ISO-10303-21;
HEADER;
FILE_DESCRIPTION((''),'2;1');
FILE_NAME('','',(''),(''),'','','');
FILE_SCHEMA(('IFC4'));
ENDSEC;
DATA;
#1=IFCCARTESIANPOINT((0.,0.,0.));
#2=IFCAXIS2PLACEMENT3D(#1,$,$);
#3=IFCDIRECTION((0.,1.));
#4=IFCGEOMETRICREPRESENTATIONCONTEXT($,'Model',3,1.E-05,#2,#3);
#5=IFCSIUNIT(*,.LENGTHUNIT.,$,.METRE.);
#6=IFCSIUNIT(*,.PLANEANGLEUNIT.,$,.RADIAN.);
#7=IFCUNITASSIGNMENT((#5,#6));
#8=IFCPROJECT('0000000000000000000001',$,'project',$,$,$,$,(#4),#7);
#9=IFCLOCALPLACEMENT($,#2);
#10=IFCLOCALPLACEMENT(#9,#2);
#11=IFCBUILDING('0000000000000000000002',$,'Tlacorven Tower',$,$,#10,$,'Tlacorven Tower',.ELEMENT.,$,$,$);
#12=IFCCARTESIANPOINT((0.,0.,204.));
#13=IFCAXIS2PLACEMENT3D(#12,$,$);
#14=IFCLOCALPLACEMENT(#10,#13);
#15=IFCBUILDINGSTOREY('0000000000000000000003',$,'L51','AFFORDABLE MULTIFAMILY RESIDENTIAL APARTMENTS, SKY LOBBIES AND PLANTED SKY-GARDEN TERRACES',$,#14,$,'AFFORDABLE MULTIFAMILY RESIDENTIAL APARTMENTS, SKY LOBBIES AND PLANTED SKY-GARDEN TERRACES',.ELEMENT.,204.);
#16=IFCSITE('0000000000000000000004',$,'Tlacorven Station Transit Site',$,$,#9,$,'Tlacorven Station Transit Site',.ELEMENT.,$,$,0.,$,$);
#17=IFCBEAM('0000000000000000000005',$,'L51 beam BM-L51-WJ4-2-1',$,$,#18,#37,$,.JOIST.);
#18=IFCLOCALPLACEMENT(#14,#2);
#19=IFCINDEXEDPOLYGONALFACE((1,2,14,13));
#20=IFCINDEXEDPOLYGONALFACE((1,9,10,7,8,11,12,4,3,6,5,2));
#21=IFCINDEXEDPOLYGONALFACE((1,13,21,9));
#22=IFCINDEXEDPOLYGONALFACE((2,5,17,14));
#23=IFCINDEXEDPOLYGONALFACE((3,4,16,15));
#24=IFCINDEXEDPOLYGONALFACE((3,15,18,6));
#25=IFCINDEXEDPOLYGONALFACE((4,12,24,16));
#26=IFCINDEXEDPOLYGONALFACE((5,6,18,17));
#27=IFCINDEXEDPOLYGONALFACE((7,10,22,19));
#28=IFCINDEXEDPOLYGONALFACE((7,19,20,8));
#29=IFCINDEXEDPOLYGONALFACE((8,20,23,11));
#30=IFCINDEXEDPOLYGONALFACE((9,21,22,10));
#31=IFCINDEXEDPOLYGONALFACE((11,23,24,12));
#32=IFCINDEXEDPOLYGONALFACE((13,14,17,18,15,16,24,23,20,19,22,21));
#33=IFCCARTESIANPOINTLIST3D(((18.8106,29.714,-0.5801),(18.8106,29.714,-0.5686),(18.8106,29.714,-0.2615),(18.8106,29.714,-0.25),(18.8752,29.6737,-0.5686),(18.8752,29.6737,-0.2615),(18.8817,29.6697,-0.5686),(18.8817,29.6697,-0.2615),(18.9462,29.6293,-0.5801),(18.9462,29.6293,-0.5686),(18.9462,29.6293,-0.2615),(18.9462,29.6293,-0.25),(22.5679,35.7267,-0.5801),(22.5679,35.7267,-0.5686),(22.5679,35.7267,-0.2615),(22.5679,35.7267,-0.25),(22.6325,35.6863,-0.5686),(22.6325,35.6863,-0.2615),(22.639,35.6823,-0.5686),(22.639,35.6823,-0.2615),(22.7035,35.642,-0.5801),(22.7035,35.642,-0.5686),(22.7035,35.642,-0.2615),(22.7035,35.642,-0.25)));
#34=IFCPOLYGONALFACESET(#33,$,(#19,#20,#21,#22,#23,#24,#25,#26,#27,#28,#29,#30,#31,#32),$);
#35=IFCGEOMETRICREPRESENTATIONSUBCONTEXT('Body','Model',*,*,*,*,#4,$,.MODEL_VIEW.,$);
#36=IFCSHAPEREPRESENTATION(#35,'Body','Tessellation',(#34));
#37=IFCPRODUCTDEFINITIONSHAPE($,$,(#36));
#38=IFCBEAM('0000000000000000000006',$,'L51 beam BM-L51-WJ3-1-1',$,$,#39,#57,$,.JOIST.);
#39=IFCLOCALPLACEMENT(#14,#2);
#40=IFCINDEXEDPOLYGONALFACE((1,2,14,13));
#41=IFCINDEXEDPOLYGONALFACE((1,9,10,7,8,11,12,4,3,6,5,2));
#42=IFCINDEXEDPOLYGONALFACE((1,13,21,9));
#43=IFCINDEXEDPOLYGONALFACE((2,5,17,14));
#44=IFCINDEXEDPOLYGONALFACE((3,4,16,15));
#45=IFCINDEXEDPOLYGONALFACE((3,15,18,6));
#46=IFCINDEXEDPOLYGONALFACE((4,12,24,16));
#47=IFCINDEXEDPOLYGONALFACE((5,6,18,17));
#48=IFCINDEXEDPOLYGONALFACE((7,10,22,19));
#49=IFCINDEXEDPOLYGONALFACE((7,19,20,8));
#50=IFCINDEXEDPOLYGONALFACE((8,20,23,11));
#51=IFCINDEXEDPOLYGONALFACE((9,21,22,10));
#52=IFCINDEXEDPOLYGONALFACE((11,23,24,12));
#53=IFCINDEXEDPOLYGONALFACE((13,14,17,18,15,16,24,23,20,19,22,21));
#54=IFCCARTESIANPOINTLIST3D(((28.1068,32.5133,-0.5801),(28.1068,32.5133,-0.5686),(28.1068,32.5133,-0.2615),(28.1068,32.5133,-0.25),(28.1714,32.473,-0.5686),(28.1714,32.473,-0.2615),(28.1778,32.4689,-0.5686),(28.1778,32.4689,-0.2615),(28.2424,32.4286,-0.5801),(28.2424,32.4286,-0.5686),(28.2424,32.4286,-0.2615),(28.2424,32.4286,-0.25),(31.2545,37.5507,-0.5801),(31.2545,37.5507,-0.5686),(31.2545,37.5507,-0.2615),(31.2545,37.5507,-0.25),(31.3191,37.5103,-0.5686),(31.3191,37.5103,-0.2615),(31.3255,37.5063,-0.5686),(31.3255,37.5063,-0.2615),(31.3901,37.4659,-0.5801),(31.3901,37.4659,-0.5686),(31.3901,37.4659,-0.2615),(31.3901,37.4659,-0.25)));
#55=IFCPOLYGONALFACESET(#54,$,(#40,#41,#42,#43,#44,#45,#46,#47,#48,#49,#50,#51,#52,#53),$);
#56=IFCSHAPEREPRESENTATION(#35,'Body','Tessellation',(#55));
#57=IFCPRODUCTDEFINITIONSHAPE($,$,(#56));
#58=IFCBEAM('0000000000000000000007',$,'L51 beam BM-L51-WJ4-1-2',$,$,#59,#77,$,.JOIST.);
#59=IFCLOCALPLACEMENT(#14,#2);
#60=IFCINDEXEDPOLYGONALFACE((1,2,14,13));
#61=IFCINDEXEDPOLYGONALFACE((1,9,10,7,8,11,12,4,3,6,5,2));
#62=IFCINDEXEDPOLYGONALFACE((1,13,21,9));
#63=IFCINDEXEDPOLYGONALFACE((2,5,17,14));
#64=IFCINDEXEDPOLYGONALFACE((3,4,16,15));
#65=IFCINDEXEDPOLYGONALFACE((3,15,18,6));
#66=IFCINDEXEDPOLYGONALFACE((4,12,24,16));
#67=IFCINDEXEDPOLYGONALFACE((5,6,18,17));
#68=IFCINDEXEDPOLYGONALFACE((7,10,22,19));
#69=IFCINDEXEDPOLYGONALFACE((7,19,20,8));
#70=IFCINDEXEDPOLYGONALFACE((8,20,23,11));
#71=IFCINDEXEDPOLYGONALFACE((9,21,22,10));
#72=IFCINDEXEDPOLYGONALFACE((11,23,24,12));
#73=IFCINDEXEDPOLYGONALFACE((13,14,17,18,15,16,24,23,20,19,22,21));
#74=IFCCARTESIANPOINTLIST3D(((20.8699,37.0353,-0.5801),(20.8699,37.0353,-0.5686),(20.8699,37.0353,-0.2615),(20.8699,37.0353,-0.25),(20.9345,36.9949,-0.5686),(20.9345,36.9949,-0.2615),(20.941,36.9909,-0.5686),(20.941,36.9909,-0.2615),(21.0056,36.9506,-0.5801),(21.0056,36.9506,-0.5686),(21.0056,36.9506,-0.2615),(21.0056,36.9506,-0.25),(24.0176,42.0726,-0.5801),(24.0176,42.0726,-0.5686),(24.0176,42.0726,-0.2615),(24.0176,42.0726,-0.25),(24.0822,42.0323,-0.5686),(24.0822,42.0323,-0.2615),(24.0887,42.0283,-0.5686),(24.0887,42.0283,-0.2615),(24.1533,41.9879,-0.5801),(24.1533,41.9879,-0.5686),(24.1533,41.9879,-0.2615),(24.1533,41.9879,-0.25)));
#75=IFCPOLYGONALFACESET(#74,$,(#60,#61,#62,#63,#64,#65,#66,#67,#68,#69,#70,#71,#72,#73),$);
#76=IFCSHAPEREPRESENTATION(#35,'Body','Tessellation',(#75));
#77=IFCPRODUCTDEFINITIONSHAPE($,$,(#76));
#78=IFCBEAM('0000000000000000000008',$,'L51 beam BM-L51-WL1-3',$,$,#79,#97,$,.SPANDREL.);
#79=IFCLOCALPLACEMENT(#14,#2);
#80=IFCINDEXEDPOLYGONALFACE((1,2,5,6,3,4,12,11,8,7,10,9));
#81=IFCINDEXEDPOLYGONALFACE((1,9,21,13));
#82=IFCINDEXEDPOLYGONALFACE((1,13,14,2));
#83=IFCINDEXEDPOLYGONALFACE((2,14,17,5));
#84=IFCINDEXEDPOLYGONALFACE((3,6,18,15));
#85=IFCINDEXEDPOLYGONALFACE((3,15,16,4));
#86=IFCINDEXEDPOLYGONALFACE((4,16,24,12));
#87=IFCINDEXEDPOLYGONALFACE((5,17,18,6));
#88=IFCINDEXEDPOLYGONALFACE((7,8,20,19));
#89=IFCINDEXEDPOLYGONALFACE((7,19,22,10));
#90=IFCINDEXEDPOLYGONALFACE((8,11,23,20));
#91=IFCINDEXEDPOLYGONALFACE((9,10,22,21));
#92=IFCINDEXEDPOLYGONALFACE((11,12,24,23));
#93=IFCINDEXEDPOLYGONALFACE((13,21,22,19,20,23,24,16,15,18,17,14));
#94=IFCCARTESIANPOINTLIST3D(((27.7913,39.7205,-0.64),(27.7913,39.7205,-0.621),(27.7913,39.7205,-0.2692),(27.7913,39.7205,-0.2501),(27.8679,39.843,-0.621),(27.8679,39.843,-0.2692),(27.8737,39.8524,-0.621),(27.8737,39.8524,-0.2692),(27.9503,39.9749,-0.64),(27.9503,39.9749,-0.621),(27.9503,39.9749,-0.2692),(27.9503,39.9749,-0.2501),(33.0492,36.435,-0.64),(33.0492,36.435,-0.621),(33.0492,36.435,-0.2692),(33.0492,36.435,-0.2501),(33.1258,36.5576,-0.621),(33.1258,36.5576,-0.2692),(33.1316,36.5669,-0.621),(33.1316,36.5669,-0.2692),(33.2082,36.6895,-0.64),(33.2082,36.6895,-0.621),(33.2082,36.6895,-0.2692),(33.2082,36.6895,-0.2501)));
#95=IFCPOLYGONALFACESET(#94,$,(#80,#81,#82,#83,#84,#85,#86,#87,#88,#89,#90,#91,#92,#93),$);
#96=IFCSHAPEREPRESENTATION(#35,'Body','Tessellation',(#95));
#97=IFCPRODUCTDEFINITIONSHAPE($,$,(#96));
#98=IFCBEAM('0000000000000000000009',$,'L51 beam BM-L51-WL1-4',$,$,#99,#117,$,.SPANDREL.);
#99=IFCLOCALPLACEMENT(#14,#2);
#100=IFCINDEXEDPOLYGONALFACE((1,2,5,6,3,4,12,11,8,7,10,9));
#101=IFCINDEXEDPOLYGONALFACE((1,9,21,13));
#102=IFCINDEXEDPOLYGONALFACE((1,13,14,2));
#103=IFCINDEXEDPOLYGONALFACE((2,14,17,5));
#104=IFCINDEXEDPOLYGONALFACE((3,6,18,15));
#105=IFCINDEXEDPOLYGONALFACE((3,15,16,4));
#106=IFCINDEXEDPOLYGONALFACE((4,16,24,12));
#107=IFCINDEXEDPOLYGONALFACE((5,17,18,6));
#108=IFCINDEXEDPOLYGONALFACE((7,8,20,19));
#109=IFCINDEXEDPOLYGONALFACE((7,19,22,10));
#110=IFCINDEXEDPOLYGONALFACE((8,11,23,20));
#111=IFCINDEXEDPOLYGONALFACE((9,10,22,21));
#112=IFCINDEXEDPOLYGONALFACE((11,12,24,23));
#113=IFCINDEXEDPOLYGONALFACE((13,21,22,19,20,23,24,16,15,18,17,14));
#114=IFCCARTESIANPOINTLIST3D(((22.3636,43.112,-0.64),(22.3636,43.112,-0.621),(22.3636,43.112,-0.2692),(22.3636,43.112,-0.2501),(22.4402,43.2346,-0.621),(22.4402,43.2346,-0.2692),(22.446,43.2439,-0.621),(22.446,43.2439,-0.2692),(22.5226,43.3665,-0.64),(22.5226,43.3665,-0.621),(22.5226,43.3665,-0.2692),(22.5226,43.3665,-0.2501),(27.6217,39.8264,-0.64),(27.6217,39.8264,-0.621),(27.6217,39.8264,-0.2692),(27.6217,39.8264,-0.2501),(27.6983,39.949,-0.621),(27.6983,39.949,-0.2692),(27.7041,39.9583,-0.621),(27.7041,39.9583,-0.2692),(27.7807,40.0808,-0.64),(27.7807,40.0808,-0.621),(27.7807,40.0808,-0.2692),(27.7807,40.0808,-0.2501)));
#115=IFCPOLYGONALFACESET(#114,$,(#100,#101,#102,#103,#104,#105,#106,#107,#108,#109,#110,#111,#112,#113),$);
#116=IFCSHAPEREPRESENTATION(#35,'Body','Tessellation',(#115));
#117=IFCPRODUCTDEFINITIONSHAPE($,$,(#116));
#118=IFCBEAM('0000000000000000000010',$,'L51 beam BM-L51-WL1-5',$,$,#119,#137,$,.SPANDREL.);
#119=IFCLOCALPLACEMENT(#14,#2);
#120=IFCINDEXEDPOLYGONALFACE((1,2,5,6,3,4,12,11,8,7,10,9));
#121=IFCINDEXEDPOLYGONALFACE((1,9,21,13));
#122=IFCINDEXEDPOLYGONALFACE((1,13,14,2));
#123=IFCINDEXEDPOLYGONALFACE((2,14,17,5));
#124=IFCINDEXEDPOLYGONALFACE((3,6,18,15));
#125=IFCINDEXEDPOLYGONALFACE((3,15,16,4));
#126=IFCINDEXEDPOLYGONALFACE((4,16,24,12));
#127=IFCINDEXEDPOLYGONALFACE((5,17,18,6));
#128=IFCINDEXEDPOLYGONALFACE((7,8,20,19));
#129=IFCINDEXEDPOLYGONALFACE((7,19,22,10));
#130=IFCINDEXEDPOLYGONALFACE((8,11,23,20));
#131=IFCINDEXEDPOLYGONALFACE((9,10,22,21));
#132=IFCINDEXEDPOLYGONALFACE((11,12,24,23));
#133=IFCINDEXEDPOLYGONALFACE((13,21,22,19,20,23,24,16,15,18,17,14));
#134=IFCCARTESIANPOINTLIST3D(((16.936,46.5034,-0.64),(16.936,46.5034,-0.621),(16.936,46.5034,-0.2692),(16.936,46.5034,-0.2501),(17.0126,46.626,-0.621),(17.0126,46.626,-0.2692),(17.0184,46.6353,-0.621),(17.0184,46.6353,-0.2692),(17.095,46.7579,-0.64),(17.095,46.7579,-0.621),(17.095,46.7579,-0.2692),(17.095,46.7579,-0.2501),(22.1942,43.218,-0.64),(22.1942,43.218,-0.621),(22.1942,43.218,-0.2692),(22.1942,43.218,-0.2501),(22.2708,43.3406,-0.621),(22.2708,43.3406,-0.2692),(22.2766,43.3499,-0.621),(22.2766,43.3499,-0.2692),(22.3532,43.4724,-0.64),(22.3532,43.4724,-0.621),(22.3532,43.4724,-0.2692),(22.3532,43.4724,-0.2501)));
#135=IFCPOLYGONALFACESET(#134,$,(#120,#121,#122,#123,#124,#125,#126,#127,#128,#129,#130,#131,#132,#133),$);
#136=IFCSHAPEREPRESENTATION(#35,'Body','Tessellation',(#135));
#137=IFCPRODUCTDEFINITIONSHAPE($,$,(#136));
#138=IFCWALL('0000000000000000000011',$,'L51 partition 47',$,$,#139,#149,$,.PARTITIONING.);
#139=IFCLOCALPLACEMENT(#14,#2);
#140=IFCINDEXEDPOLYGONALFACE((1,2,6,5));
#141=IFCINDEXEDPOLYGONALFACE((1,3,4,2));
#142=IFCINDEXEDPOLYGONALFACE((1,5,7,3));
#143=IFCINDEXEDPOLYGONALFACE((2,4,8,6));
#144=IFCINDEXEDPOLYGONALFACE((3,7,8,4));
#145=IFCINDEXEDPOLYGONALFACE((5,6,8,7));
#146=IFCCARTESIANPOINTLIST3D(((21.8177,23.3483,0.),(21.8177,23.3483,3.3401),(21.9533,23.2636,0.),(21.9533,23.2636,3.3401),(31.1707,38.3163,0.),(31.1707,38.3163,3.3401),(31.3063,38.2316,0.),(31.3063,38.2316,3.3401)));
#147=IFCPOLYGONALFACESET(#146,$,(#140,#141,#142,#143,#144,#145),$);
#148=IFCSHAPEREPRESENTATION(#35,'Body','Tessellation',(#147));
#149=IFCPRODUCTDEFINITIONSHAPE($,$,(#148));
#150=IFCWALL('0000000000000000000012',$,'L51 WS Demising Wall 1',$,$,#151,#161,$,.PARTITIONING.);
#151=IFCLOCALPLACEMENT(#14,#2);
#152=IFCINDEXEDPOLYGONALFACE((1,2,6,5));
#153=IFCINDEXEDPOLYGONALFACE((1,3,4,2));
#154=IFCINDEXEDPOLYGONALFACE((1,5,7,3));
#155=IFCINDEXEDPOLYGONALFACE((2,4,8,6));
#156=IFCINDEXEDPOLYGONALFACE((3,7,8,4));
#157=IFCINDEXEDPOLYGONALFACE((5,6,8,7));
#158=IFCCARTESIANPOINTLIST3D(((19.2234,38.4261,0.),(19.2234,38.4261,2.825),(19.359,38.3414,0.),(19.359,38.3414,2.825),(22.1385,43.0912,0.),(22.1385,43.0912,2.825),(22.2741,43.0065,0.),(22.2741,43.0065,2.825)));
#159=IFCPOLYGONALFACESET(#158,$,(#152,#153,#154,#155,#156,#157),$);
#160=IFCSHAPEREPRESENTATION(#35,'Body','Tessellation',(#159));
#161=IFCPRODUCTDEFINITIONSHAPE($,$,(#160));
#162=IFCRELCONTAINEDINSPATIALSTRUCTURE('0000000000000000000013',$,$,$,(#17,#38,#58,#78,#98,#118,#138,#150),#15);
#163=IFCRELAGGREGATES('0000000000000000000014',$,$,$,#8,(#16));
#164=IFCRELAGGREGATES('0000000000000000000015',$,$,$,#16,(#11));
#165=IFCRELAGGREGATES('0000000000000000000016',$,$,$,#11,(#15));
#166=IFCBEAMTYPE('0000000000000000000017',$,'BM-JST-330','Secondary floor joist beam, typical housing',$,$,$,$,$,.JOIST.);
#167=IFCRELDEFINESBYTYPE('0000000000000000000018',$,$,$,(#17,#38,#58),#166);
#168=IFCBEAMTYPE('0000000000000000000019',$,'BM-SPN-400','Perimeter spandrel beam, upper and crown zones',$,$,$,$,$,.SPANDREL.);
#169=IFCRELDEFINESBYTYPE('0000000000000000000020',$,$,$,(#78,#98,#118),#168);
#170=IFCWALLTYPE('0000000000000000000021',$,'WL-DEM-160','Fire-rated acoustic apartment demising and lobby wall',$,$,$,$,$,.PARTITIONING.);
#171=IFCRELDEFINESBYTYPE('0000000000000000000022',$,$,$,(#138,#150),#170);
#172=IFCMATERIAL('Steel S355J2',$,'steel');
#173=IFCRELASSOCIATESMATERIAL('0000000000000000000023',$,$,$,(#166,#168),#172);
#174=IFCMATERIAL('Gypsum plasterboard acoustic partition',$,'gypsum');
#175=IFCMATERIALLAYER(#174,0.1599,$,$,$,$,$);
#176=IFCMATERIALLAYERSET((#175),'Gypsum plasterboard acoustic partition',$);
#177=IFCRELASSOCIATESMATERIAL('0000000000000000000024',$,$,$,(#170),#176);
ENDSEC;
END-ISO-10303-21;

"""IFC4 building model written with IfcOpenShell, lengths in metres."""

from ifc_helpers import new_model, si_unit, direction, frame, frame_2d, origin, origin_2d, place, context, subcontext, project, spatial, rectangle, i_section, extrude, source, transform, mapped, material, layer, layer_set, material_profile, profile_set, type_object, element, save


model = new_model("IFC4")

# Units and contexts
model_context = context("Model", 3, precision=1e-05, world=origin(), true_north=direction((0.0, 1.0)))
body_context = subcontext(model_context, "Body", "Model", "MODEL_VIEW")
ifc_project = project(units=[si_unit("LENGTHUNIT", "METRE"), si_unit("PLANEANGLEUNIT", "RADIAN")], contexts=[model_context])

# Site, building, storey
site_placement = place(None, origin())
site = spatial("IfcSite", under=ifc_project, at=site_placement, Name="Tlacorven Station Transit Site", LongName="Tlacorven Station Transit Site", CompositionType="ELEMENT", RefElevation=0.0)
building_placement = place(site_placement, origin())
building = spatial("IfcBuilding", under=site, at=building_placement, Name="Tlacorven Tower", LongName="Tlacorven Tower", CompositionType="ELEMENT")
storey_placement = place(building_placement, frame((0.0, 0.0, 204.0)))
storey = spatial("IfcBuildingStorey", under=building, at=storey_placement, Name="L51", Description="AFFORDABLE MULTIFAMILY RESIDENTIAL APARTMENTS, SKY LOBBIES AND PLANTED SKY-GARDEN TERRACES", LongName="AFFORDABLE MULTIFAMILY RESIDENTIAL APARTMENTS, SKY LOBBIES AND PLANTED SKY-GARDEN TERRACES", CompositionType="ELEMENT", Elevation=204.0)

# Beams
ifc_material_1 = material(Name="Steel S355J2", Category="steel")
ifc_material_profile_1 = material_profile(ifc_material_1, i_section(OverallWidth=0.1599, OverallDepth=0.3301, WebThickness=0.0076, FlangeThickness=0.0115, at=origin_2d()), Name="IPE 330")
ifc_profile_set_1 = profile_set([ifc_material_profile_1], Name="Steel S355J2")
beam_type_1 = type_object("IfcBeamType", Name="BM-JST-330", Description="Secondary floor joist beam, typical housing", PredefinedType="JOIST", material=ifc_profile_set_1)
shared_shape_1 = source(origin(), body_context, "Body", "SweptSolid", [
    extrude(i_section(OverallWidth=0.1599, OverallDepth=0.3301, WebThickness=0.0076, FlangeThickness=0.0115, at=origin_2d()), origin(), (0.0, 0.0, 1.0), 7.0901),
])
beam_1_placement = place(storey_placement, frame((22.6357, 35.6843, -0.415), z_axis=(-0.529937, -0.848037, 0.0), x_axis=(0.848037, -0.529937, 0.0)))
element("IfcBeam", 1, at=beam_1_placement, inside=storey, type_object=beam_type_1, Name="L51 beam BM-L51-WJ4-2-1", PredefinedType="JOIST", context=body_context, shape_type="MappedRepresentation", body=[
    mapped(shared_shape_1, transform((0.0, 0.0, 0.0), scale=1.0)),
])
shared_shape_2 = source(origin(), body_context, "Body", "SweptSolid", [
    extrude(i_section(OverallWidth=0.1599, OverallDepth=0.3301, WebThickness=0.0076, FlangeThickness=0.0115, at=origin_2d()), origin(), (0.0, 0.0, 1.0), 5.9399),
])
for number, where, z_axis, x_axis, name in (
    (2, (31.3223, 37.5083, -0.415), (-0.529921, -0.848047, 0.0), (0.848047, -0.529921, 0.0), "L51 beam BM-L51-WJ3-1-1"),
    (3, (24.0854, 42.0303, -0.415), (-0.529921, -0.848047, 0.0), (0.848047, -0.529921, 0.0), "L51 beam BM-L51-WJ4-1-2"),
):
    element("IfcBeam", number, at=place(storey_placement, frame(where, z_axis=z_axis, x_axis=x_axis)), inside=storey, type_object=beam_type_1, Name=name, PredefinedType="JOIST", context=body_context, shape_type="MappedRepresentation", body=[
        mapped(shared_shape_2, transform((0.0, 0.0, 0.0), scale=1.0)),
    ])
ifc_material_profile_2 = material_profile(ifc_material_1, i_section(OverallWidth=0.3, OverallDepth=0.3899, WebThickness=0.011, FlangeThickness=0.019, at=origin_2d()), Name="HEA 400")
ifc_profile_set_2 = profile_set([ifc_material_profile_2], Name="Steel S355J2")
beam_type_2 = type_object("IfcBeamType", Name="BM-SPN-400", Description="Perimeter spandrel beam, upper and crown zones", PredefinedType="SPANDREL", material=ifc_profile_set_2)
shared_shape_3 = source(origin(), body_context, "Body", "SweptSolid", [
    extrude(i_section(OverallWidth=0.3, OverallDepth=0.3899, WebThickness=0.011, FlangeThickness=0.019, at=origin_2d()), origin(), (0.0, 0.0, 1.0), 6.2),
])
beam_2_placement = place(storey_placement, frame((33.1287, 36.5623, -0.4451), z_axis=(-0.848051, 0.529914, 0.0), x_axis=(-0.529914, -0.848051, 0.0)))
element("IfcBeam", 4, at=beam_2_placement, inside=storey, type_object=beam_type_2, Name="L51 beam BM-L51-WL1-3", PredefinedType="SPANDREL", context=body_context, shape_type="MappedRepresentation", body=[
    mapped(shared_shape_3, transform((0.0, 0.0, 0.0), scale=1.0)),
])
shared_shape_4 = source(origin(), body_context, "Body", "SweptSolid", [
    extrude(i_section(OverallWidth=0.3, OverallDepth=0.3899, WebThickness=0.011, FlangeThickness=0.019, at=origin_2d()), origin(), (0.0, 0.0, 1.0), 6.2002),
])
for number, where, z_axis, x_axis, name in (
    (5, (27.7012, 39.9536, -0.4451), (-0.848045, 0.529925, 0.0), (-0.529925, -0.848045, 0.0), "L51 beam BM-L51-WL1-4"),
    (6, (22.2737, 43.3452, -0.4451), (-0.848062, 0.529896, 0.0), (-0.529896, -0.848062, 0.0), "L51 beam BM-L51-WL1-5"),
):
    element("IfcBeam", number, at=place(storey_placement, frame(where, z_axis=z_axis, x_axis=x_axis)), inside=storey, type_object=beam_type_2, Name=name, PredefinedType="SPANDREL", context=body_context, shape_type="MappedRepresentation", body=[
        mapped(shared_shape_4, transform((0.0, 0.0, 0.0), scale=1.0)),
    ])

# Walls
ifc_material_2 = material(Name="Gypsum plasterboard acoustic partition", Category="gypsum")
ifc_layer_1 = layer(ifc_material_2, 0.1599)
ifc_layer_set_1 = layer_set([ifc_layer_1], Name="Gypsum plasterboard acoustic partition")
wall_type_1 = type_object("IfcWallType", Name="WL-DEM-160", Description="Fire-rated acoustic apartment demising and lobby wall", PredefinedType="PARTITIONING", material=ifc_layer_set_1)
wall_1_placement = place(storey_placement, frame((31.2385, 38.2739, 0.0), z_axis=(0.0, 0.0, 1.0), x_axis=(-0.529918, -0.848049, 0.0)))
element("IfcWall", 7, at=wall_1_placement, inside=storey, type_object=wall_type_1, Name="L51 partition 47", PredefinedType="PARTITIONING", context=body_context, shape_type="SweptSolid", body=[
    extrude(rectangle(XDim=17.6499, YDim=0.1599, at=frame_2d((8.825, 0.0))), origin(), (0.0, 0.0, 1.0), 3.3401),
])
wall_2_placement = place(storey_placement, frame((22.2063, 43.0488, 0.0), z_axis=(0.0, 0.0, 1.0), x_axis=(-0.529919, -0.848048, 0.0)))
element("IfcWall", 8, at=wall_2_placement, inside=storey, type_object=wall_type_1, Name="L51 WS Demising Wall 1", PredefinedType="PARTITIONING", context=body_context, shape_type="SweptSolid", body=[
    extrude(rectangle(XDim=5.501, YDim=0.1599, at=frame_2d((2.7505, 0.0))), origin(), (0.0, 0.0, 1.0), 2.825),
])

save(model, "model.ifc")
